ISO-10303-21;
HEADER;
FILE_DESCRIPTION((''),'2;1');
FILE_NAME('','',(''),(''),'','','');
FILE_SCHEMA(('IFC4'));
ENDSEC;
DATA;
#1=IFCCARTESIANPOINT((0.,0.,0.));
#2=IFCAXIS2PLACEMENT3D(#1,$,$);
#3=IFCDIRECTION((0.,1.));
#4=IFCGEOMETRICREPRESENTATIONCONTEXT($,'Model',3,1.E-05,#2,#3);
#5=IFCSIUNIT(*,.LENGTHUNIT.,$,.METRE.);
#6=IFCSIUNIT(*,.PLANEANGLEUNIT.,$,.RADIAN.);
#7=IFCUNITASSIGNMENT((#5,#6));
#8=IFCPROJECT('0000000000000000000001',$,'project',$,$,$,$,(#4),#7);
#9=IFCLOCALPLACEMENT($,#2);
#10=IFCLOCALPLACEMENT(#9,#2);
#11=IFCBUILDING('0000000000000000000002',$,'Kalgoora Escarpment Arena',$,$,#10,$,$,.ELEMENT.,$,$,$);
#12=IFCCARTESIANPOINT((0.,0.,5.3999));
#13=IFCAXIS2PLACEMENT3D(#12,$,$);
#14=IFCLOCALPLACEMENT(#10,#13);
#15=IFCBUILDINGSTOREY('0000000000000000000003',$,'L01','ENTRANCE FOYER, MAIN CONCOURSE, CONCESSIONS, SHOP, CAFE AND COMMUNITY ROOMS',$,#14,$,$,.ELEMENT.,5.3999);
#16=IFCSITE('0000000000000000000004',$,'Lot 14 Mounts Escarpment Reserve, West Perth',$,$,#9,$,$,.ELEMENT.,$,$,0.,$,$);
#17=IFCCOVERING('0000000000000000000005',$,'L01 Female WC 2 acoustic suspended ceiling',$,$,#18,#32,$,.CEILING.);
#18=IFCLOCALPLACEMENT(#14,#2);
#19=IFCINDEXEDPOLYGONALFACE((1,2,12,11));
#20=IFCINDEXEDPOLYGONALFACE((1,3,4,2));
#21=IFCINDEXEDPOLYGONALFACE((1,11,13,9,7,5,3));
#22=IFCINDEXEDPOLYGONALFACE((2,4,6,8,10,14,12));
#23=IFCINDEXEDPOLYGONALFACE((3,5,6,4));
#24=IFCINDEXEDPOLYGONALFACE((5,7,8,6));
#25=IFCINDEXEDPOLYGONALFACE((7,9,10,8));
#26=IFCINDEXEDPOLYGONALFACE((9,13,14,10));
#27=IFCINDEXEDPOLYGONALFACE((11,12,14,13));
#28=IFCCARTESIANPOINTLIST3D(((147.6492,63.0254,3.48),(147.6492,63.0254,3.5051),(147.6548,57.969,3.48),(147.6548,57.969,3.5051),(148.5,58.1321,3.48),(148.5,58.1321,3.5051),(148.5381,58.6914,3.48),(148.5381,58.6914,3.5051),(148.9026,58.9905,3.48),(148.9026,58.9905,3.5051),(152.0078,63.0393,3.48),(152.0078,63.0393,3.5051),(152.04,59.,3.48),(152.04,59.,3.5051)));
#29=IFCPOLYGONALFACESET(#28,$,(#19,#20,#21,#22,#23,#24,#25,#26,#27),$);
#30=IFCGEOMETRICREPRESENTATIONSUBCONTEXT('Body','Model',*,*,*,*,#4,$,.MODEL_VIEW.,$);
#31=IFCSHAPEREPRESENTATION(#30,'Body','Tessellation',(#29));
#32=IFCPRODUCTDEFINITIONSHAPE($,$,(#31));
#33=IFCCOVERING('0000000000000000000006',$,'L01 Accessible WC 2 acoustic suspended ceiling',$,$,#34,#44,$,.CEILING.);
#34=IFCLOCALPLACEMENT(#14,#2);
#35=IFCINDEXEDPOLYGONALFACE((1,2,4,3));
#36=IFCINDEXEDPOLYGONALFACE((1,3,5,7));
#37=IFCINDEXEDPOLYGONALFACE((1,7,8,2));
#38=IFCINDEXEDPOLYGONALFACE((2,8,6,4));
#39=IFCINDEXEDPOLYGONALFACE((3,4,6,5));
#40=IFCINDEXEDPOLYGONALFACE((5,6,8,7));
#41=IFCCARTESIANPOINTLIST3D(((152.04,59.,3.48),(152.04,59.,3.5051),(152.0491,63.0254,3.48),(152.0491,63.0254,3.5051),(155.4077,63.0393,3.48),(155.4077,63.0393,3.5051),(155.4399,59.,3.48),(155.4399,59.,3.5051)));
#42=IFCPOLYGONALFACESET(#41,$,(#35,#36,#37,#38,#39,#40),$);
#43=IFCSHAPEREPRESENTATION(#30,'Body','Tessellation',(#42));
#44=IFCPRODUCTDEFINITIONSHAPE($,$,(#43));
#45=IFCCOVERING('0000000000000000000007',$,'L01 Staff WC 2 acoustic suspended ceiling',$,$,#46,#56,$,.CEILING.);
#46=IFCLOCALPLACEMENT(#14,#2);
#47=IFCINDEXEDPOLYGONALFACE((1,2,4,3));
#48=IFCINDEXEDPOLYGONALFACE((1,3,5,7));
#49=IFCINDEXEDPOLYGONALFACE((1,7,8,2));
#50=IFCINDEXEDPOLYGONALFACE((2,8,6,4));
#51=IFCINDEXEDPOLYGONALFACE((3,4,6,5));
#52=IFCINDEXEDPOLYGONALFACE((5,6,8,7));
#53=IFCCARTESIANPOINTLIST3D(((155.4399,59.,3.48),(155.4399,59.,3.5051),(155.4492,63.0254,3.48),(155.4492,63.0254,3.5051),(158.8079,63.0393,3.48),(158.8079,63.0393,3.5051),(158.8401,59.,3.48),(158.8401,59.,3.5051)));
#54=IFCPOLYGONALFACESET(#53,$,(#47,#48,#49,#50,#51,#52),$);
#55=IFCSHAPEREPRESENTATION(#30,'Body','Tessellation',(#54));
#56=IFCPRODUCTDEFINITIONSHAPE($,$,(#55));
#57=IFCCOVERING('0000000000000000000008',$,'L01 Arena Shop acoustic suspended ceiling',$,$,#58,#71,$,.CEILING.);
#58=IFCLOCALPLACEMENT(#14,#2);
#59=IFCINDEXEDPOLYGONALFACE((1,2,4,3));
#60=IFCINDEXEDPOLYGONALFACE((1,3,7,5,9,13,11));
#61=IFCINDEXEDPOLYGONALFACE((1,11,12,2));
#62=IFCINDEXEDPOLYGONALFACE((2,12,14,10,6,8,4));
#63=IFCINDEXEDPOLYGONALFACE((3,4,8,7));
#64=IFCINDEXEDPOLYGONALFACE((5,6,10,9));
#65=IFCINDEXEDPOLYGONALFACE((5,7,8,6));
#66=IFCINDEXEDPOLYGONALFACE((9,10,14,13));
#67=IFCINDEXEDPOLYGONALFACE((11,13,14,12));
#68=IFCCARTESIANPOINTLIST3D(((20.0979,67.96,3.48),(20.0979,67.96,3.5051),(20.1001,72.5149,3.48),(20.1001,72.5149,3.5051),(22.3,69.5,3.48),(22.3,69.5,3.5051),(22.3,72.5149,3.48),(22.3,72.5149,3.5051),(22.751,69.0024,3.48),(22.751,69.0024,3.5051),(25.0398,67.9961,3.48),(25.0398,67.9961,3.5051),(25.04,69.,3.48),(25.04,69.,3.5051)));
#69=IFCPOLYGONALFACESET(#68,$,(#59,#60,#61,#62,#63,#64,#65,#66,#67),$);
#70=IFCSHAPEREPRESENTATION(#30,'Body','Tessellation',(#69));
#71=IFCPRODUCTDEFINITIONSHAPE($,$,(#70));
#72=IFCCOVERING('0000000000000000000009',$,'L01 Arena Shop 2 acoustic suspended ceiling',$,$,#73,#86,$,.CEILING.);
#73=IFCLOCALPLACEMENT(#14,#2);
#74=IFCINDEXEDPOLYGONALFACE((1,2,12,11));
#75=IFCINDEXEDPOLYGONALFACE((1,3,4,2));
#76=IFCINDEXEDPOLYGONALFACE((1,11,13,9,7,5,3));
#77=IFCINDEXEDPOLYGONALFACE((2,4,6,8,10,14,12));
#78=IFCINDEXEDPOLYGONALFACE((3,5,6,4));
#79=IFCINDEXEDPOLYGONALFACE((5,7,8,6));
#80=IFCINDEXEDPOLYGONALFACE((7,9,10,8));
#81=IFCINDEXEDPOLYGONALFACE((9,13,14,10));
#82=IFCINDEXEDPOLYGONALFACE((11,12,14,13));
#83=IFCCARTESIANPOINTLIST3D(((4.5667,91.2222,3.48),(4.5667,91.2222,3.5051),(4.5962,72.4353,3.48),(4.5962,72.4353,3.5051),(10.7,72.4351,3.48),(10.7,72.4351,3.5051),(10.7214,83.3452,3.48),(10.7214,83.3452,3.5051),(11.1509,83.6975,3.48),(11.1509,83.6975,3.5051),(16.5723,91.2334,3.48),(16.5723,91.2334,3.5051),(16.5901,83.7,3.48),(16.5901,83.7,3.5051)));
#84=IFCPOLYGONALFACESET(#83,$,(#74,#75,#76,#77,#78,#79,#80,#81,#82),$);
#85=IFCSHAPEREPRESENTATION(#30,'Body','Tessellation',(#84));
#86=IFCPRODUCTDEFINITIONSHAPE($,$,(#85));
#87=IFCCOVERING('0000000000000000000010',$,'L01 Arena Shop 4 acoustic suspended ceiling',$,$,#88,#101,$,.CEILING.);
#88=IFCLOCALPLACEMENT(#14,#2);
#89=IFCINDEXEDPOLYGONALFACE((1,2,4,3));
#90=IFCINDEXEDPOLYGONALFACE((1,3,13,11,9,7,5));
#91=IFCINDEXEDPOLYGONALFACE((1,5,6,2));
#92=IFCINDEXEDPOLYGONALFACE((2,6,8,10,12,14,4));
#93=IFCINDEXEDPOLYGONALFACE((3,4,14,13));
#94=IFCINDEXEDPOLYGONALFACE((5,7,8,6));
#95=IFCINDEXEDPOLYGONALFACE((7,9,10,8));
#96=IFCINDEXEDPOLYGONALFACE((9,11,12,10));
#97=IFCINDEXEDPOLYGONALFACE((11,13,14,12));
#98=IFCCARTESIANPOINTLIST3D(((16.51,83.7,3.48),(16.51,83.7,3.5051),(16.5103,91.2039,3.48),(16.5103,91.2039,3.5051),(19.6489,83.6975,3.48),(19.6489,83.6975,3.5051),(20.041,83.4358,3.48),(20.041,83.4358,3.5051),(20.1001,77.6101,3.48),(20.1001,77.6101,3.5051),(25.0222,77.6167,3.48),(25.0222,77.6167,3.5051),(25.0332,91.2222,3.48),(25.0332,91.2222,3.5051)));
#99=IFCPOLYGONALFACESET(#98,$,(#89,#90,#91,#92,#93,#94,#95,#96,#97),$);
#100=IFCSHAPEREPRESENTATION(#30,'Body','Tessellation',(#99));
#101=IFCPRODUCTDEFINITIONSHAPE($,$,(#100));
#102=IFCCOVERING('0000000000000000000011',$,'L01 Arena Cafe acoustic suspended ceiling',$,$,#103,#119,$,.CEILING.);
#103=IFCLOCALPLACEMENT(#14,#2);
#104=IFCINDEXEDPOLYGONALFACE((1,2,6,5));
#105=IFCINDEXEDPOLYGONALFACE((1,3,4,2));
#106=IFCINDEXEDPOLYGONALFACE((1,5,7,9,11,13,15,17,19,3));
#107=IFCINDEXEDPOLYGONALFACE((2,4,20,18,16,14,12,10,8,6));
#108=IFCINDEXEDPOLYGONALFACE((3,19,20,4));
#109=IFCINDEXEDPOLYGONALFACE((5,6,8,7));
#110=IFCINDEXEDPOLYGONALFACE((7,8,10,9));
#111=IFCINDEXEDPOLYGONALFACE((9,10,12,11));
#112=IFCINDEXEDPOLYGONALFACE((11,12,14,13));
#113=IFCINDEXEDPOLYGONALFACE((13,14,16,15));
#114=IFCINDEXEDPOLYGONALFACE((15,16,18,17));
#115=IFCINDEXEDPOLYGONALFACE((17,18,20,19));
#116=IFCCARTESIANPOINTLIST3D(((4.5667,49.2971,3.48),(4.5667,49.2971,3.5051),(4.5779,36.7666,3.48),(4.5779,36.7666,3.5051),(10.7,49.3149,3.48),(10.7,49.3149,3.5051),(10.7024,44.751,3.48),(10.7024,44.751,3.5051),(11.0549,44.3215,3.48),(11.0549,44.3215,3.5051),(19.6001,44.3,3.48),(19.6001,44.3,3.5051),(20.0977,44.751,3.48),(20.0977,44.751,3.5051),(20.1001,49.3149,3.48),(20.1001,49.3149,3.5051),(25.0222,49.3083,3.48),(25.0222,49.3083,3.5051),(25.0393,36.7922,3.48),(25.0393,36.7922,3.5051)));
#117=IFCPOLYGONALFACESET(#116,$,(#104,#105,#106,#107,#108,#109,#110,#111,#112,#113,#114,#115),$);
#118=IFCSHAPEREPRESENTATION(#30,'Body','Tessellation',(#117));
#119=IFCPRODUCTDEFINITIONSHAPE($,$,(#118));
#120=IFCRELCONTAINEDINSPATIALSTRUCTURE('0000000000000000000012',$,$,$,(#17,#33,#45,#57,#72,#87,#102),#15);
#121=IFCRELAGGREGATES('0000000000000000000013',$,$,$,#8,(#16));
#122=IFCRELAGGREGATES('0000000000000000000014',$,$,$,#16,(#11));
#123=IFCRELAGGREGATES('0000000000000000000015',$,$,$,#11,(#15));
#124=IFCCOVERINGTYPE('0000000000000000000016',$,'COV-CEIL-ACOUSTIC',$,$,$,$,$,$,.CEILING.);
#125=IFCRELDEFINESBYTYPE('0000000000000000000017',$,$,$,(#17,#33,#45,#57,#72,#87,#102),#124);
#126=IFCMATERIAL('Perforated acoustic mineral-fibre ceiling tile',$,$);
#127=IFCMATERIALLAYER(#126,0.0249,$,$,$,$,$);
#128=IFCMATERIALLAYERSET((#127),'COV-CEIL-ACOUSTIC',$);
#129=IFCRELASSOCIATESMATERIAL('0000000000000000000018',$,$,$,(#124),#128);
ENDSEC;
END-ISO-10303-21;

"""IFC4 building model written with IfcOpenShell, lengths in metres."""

from ifc_helpers import new_model, si_unit, direction, frame, origin, place, context, subcontext, project, spatial, polyline, outline, extrude, material, layer, layer_set, type_object, element, save


model = new_model("IFC4")

# Units and contexts
model_context = context("Model", 3, precision=1e-05, world=origin(), true_north=direction((0.0, 1.0)))
body_context = subcontext(model_context, "Body", "Model", "MODEL_VIEW")
ifc_project = project(units=[si_unit("LENGTHUNIT", "METRE"), si_unit("PLANEANGLEUNIT", "RADIAN")], contexts=[model_context])

# Site, building, storey
site_placement = place(None, origin())
site = spatial("IfcSite", under=ifc_project, at=site_placement, Name="Lot 14 Mounts Escarpment Reserve, West Perth", CompositionType="ELEMENT", RefElevation=0.0)
building_placement = place(site_placement, origin())
building = spatial("IfcBuilding", under=site, at=building_placement, Name="Kalgoora Escarpment Arena", CompositionType="ELEMENT")
storey_placement = place(building_placement, frame((0.0, 0.0, 5.3999)))
storey = spatial("IfcBuildingStorey", under=building, at=storey_placement, Name="L01", Description="ENTRANCE FOYER, MAIN CONCOURSE, CONCESSIONS, SHOP, CAFE AND COMMUNITY ROOMS", CompositionType="ELEMENT", Elevation=5.3999)

# Coverings
ifc_material_1 = material(Name="Perforated acoustic mineral-fibre ceiling tile")
ifc_layer_1 = layer(ifc_material_1, 0.0249)
ifc_layer_set_1 = layer_set([ifc_layer_1], Name="COV-CEIL-ACOUSTIC")
covering_type = type_object("IfcCoveringType", Name="COV-CEIL-ACOUSTIC", PredefinedType="CEILING", material=ifc_layer_set_1)
covering_1_placement = place(storey_placement, frame((0.0, 0.0, 3.48)))
element("IfcCovering", 1, at=covering_1_placement, inside=storey, type_object=covering_type, Name="L01 Female WC 2 acoustic suspended ceiling", PredefinedType="CEILING", context=body_context, shape_type="SweptSolid", body=[
    extrude(outline(polyline([(152.0078, 63.0393), (152.04, 59.0), (148.9026, 58.9905), (148.5381, 58.6914), (148.5, 58.1321), (147.6548, 57.969), (147.6492, 63.0254), (152.0078, 63.0393)])), origin(), (0.0, 0.0, 1.0), 0.0251),
])
covering_2_placement = place(storey_placement, frame((0.0, 0.0, 3.48)))
element("IfcCovering", 2, at=covering_2_placement, inside=storey, type_object=covering_type, Name="L01 Accessible WC 2 acoustic suspended ceiling", PredefinedType="CEILING", context=body_context, shape_type="SweptSolid", body=[
    extrude(outline(polyline([(155.4077, 63.0393), (155.4399, 59.0), (152.04, 59.0), (152.0491, 63.0254), (155.4077, 63.0393)])), origin(), (0.0, 0.0, 1.0), 0.0251),
])
covering_3_placement = place(storey_placement, frame((0.0, 0.0, 3.48)))
element("IfcCovering", 3, at=covering_3_placement, inside=storey, type_object=covering_type, Name="L01 Staff WC 2 acoustic suspended ceiling", PredefinedType="CEILING", context=body_context, shape_type="SweptSolid", body=[
    extrude(outline(polyline([(158.8079, 63.0393), (158.8401, 59.0), (155.4399, 59.0), (155.4492, 63.0254), (158.8079, 63.0393)])), origin(), (0.0, 0.0, 1.0), 0.0251),
])
covering_4_placement = place(storey_placement, frame((0.0, 0.0, 3.48)))
element("IfcCovering", 4, at=covering_4_placement, inside=storey, type_object=covering_type, Name="L01 Arena Shop acoustic suspended ceiling", PredefinedType="CEILING", context=body_context, shape_type="SweptSolid", body=[
    extrude(outline(polyline([(25.0398, 67.9961), (20.0979, 67.96), (20.1001, 72.5149), (22.3, 72.5149), (22.3, 69.5), (22.751, 69.0024), (25.04, 69.0), (25.0398, 67.9961)])), origin(), (0.0, 0.0, 1.0), 0.0251),
])
covering_5_placement = place(storey_placement, frame((0.0, 0.0, 3.48)))
element("IfcCovering", 5, at=covering_5_placement, inside=storey, type_object=covering_type, Name="L01 Arena Shop 2 acoustic suspended ceiling", PredefinedType="CEILING", context=body_context, shape_type="SweptSolid", body=[
    extrude(outline(polyline([(4.5962, 72.4353), (4.5667, 91.2222), (16.5723, 91.2334), (16.5901, 83.7), (11.1509, 83.6975), (10.7214, 83.3452), (10.7, 72.4351), (4.5962, 72.4353)])), origin(), (0.0, 0.0, 1.0), 0.0251),
])
covering_6_placement = place(storey_placement, frame((0.0, 0.0, 3.48)))
element("IfcCovering", 6, at=covering_6_placement, inside=storey, type_object=covering_type, Name="L01 Arena Shop 4 acoustic suspended ceiling", PredefinedType="CEILING", context=body_context, shape_type="SweptSolid", body=[
    extrude(outline(polyline([(16.5103, 91.2039), (25.0332, 91.2222), (25.0222, 77.6167), (20.1001, 77.6101), (20.041, 83.4358), (19.6489, 83.6975), (16.51, 83.7), (16.5103, 91.2039)])), origin(), (0.0, 0.0, 1.0), 0.0251),
])
covering_7_placement = place(storey_placement, frame((0.0, 0.0, 3.48)))
element("IfcCovering", 7, at=covering_7_placement, inside=storey, type_object=covering_type, Name="L01 Arena Cafe acoustic suspended ceiling", PredefinedType="CEILING", context=body_context, shape_type="SweptSolid", body=[
    extrude(outline(polyline([(25.0393, 36.7922), (4.5779, 36.7666), (4.5667, 49.2971), (10.7, 49.3149), (10.7024, 44.751), (11.0549, 44.3215), (19.6001, 44.3), (20.0977, 44.751), (20.1001, 49.3149), (25.0222, 49.3083), (25.0393, 36.7922)])), origin(), (0.0, 0.0, 1.0), 0.0251),
])

save(model, "model.ifc")
